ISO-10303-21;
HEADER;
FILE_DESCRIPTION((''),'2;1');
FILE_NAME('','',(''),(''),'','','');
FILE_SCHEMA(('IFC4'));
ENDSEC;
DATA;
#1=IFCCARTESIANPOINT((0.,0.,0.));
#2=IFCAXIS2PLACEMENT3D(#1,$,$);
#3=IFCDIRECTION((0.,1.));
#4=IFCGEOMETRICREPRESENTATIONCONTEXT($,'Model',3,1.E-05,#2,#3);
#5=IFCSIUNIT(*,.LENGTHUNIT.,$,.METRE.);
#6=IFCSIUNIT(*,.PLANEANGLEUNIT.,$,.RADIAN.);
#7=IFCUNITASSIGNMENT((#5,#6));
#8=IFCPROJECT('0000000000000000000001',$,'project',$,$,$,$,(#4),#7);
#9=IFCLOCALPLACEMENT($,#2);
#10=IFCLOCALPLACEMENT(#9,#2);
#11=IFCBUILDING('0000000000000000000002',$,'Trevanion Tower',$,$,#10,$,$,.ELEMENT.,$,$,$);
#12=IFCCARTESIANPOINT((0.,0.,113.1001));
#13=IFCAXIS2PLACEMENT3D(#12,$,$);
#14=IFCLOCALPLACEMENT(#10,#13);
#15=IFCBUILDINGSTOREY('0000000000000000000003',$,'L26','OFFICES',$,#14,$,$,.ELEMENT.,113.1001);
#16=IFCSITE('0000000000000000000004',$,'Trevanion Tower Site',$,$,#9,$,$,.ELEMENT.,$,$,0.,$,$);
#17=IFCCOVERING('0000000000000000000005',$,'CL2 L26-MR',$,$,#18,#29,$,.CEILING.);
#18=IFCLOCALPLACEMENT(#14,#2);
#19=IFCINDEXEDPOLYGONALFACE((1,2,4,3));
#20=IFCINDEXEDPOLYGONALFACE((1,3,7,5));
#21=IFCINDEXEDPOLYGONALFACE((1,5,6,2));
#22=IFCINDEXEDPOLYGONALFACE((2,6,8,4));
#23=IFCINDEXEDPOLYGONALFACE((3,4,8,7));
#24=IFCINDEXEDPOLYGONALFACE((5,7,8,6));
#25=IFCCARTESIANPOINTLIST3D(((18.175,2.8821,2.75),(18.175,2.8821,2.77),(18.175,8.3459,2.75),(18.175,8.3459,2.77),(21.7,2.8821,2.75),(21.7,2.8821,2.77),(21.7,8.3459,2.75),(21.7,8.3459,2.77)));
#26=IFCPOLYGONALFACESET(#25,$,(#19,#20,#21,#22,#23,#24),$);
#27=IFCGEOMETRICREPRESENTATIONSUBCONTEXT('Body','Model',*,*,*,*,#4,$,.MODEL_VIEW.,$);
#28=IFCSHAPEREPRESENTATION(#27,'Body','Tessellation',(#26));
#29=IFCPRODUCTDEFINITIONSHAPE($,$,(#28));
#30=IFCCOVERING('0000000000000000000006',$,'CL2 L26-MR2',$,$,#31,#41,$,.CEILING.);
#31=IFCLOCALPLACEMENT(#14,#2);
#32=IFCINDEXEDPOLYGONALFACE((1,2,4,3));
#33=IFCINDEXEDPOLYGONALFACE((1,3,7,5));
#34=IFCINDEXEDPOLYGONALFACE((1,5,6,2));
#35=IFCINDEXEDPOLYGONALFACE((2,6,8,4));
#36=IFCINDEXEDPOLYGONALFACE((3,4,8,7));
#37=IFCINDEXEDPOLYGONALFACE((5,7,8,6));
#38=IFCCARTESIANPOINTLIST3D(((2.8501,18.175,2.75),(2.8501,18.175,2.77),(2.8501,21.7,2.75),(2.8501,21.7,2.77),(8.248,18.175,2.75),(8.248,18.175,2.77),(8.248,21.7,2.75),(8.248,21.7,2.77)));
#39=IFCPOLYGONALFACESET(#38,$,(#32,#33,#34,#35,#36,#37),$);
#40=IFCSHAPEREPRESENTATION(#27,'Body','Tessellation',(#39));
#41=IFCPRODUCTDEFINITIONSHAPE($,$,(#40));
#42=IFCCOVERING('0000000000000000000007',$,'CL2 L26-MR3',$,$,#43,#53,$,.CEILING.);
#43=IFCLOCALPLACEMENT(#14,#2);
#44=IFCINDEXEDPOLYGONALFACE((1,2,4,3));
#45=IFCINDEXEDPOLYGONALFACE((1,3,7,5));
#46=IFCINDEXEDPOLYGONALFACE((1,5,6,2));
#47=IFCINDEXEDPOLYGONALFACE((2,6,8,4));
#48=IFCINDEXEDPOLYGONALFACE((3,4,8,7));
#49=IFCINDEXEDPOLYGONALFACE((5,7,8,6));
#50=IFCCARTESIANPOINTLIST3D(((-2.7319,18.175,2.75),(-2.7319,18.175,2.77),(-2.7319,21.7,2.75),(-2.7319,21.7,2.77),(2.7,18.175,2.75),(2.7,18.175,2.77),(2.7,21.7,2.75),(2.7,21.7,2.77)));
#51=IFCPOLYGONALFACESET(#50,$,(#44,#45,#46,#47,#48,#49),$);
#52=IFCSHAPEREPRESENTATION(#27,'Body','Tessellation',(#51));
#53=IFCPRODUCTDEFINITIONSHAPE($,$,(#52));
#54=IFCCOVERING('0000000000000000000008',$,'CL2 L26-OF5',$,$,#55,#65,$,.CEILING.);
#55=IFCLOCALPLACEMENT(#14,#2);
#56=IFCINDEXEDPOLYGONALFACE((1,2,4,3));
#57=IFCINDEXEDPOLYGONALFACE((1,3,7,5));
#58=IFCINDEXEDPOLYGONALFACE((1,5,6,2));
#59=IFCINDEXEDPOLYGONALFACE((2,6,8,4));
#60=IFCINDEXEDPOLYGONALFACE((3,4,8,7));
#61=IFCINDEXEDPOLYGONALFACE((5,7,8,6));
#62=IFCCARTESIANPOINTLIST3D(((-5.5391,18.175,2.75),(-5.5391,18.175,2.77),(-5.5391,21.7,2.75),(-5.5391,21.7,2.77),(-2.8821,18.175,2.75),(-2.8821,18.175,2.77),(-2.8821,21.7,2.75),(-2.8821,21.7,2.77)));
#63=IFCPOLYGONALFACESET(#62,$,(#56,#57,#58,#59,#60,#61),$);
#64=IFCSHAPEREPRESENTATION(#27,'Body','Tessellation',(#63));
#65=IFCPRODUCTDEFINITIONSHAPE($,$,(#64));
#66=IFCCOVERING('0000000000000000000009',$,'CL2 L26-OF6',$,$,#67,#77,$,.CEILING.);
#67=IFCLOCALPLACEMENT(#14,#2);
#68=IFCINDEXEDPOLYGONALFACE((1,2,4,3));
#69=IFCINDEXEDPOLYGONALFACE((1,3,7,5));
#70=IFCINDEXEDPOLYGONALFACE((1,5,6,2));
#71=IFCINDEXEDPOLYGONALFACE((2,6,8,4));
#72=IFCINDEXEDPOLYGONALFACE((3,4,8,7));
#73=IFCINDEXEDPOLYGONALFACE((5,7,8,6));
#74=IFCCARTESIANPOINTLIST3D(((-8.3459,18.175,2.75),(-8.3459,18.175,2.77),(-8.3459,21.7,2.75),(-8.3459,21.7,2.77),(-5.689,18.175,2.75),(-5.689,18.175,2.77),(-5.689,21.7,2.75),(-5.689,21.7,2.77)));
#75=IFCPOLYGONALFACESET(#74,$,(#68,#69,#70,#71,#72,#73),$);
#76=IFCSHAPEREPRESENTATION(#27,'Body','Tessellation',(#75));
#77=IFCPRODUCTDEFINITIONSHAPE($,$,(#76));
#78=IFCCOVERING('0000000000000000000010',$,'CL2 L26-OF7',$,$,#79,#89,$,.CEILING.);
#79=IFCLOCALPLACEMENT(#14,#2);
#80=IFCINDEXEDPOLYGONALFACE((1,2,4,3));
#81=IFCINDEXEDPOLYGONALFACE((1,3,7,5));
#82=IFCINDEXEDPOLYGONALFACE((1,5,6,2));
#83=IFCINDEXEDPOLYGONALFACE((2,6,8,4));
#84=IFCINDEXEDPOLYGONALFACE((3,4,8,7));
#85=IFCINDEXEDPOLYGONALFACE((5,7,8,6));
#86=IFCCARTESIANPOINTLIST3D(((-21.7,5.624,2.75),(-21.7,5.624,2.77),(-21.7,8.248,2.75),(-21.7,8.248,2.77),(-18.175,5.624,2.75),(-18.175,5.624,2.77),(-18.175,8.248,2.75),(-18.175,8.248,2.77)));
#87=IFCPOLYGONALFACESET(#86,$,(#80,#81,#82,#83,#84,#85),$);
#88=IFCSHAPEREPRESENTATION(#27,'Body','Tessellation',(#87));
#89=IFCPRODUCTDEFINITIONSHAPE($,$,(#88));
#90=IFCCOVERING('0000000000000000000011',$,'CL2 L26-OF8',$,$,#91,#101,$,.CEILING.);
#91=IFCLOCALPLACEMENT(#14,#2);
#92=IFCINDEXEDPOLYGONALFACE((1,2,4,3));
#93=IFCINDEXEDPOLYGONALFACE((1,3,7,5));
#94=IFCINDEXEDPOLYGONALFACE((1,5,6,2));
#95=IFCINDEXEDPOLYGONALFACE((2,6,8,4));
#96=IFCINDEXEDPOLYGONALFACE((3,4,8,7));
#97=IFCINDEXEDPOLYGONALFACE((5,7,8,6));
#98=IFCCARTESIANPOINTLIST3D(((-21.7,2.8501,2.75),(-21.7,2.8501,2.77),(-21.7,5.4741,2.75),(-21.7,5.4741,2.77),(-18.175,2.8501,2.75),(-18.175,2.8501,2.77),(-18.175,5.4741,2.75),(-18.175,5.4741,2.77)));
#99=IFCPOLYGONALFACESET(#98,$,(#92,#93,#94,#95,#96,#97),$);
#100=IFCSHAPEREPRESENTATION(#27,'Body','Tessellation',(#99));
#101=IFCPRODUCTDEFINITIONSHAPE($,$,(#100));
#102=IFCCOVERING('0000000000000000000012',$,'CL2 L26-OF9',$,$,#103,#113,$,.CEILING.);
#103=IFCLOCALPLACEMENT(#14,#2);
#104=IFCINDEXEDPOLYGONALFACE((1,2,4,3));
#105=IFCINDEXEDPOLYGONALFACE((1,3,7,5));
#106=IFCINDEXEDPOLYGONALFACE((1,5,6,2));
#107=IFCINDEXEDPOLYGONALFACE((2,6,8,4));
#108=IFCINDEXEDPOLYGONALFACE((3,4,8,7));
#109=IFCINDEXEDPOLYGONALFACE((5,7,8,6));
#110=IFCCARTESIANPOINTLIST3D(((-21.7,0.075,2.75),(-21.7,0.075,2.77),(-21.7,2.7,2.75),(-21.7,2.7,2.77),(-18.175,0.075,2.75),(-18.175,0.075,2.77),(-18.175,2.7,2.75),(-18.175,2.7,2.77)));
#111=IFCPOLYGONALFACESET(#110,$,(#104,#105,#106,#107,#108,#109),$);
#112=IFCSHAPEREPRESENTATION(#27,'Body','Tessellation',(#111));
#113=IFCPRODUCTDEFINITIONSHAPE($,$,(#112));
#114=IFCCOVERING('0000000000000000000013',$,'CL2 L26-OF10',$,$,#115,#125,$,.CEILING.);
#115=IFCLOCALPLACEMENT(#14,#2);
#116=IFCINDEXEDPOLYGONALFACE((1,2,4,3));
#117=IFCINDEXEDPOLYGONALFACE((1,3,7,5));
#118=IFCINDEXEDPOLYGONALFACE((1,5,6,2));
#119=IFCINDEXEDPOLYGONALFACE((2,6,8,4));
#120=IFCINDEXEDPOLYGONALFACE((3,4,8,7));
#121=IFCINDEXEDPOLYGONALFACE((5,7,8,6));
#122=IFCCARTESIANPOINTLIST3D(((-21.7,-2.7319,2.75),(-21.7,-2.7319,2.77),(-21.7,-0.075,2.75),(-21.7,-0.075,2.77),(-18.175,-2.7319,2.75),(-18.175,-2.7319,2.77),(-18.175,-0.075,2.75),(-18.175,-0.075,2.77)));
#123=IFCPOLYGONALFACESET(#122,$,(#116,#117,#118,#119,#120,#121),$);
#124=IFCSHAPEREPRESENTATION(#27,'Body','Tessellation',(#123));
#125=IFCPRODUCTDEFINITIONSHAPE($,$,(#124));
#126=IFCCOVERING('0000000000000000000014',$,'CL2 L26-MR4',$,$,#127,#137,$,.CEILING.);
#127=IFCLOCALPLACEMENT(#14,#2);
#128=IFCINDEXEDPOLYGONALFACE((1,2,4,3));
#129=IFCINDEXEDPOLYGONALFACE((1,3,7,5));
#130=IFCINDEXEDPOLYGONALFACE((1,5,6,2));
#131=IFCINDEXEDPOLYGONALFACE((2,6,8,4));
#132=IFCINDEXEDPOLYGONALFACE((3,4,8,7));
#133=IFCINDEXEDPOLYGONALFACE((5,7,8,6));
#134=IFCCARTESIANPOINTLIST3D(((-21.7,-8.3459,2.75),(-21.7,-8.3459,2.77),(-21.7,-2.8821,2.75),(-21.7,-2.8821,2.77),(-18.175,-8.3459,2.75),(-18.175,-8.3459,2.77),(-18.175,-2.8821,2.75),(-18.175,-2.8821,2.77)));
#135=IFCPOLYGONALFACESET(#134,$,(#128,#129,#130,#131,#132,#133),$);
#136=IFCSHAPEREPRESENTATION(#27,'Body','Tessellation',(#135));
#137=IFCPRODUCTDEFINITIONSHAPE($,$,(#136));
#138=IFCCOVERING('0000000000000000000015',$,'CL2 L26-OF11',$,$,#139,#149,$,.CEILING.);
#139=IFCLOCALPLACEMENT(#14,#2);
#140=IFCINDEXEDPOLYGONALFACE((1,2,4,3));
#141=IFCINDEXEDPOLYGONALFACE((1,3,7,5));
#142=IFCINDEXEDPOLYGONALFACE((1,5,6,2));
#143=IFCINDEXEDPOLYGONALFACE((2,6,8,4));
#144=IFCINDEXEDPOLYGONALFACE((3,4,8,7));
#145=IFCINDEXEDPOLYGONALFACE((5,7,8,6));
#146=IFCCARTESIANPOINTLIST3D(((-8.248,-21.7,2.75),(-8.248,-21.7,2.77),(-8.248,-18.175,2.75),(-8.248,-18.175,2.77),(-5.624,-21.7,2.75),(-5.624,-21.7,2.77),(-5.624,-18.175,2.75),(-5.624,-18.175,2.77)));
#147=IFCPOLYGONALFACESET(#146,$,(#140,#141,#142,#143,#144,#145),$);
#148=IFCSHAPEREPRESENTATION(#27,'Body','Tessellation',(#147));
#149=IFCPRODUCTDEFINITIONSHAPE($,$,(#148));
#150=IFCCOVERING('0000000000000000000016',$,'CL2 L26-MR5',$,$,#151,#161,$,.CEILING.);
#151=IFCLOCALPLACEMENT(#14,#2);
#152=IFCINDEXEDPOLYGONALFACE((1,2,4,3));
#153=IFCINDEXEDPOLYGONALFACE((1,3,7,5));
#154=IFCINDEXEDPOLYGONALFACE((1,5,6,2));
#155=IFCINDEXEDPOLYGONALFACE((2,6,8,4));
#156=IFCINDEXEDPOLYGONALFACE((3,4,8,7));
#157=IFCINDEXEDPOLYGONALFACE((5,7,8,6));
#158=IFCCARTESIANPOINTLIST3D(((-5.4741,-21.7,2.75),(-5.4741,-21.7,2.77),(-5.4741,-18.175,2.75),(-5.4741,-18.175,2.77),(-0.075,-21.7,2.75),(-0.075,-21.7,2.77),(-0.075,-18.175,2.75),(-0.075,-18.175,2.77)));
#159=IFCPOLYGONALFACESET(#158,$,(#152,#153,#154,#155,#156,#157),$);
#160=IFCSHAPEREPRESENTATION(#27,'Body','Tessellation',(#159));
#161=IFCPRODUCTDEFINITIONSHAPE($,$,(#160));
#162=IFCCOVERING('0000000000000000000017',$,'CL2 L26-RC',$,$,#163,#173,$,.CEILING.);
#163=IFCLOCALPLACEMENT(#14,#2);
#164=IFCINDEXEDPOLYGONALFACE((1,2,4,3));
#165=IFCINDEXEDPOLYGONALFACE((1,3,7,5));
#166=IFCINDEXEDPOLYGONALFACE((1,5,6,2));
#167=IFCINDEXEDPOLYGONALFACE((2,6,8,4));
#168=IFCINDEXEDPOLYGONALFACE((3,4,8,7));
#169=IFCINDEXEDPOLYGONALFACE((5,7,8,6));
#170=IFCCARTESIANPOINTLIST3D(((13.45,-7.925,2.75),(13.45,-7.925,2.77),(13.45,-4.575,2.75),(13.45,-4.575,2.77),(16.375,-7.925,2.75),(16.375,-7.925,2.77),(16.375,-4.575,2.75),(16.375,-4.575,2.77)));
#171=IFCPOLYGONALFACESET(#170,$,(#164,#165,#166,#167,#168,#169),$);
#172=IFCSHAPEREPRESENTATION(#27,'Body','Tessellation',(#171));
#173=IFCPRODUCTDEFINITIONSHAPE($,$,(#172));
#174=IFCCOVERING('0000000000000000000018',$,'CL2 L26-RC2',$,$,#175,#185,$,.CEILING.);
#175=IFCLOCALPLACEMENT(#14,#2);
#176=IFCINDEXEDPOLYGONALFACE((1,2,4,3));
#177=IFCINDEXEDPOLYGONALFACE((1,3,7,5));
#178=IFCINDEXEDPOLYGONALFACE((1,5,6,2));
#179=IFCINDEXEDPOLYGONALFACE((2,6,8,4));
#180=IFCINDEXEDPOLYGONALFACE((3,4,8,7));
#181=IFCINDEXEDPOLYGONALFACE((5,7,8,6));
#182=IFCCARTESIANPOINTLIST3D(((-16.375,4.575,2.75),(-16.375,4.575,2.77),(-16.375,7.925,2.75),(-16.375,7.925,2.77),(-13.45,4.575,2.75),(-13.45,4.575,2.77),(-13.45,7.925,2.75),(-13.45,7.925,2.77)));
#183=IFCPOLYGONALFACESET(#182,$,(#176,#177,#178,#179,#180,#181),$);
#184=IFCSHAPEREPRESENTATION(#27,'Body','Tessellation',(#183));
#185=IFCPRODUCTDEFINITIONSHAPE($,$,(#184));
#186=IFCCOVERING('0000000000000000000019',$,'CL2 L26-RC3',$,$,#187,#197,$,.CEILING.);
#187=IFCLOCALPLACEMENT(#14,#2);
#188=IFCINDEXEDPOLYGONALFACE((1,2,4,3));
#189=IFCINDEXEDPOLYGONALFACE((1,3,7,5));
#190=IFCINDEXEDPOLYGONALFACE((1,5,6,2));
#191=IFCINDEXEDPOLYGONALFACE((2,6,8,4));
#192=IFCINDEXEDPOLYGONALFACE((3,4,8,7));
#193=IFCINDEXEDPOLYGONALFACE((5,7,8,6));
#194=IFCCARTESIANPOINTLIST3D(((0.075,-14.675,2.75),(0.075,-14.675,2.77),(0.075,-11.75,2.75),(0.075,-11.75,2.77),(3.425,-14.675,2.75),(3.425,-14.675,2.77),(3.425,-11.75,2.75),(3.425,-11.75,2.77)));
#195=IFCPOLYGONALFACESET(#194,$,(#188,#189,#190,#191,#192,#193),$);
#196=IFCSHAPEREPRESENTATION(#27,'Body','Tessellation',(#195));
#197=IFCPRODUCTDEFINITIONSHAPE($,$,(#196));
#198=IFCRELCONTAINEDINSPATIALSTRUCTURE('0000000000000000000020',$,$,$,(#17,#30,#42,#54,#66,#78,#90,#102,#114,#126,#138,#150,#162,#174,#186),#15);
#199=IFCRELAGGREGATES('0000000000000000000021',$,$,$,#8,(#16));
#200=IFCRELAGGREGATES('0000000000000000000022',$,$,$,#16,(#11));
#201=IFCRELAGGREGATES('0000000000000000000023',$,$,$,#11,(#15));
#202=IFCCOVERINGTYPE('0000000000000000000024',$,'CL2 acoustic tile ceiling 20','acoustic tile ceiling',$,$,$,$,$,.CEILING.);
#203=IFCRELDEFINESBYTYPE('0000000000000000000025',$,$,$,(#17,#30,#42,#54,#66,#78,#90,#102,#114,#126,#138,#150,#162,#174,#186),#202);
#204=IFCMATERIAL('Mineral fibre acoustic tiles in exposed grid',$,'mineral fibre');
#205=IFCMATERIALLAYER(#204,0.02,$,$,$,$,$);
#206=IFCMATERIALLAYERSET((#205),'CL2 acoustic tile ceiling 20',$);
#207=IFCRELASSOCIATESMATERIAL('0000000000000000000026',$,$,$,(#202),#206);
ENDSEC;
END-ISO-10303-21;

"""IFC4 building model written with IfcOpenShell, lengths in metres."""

from ifc_helpers import new_model, si_unit, direction, frame, origin, place, context, subcontext, project, spatial, polyline, outline, extrude, material, layer, layer_set, type_object, element, save


model = new_model("IFC4")

# Units and contexts
model_context = context("Model", 3, precision=1e-05, world=origin(), true_north=direction((0.0, 1.0)))
body_context = subcontext(model_context, "Body", "Model", "MODEL_VIEW")
ifc_project = project(units=[si_unit("LENGTHUNIT", "METRE"), si_unit("PLANEANGLEUNIT", "RADIAN")], contexts=[model_context])

# Site, building, storey
site_placement = place(None, origin())
site = spatial("IfcSite", under=ifc_project, at=site_placement, Name="Trevanion Tower Site", CompositionType="ELEMENT", RefElevation=0.0)
building_placement = place(site_placement, origin())
building = spatial("IfcBuilding", under=site, at=building_placement, Name="Trevanion Tower", CompositionType="ELEMENT")
storey_placement = place(building_placement, frame((0.0, 0.0, 113.1001)))
storey = spatial("IfcBuildingStorey", under=building, at=storey_placement, Name="L26", Description="OFFICES", CompositionType="ELEMENT", Elevation=113.1001)

# Coverings
ifc_material_1 = material(Name="Mineral fibre acoustic tiles in exposed grid", Category="mineral fibre")
ifc_layer_1 = layer(ifc_material_1, 0.02)
ifc_layer_set_1 = layer_set([ifc_layer_1], Name="CL2 acoustic tile ceiling 20")
covering_type_1 = type_object("IfcCoveringType", Name="CL2 acoustic tile ceiling 20", Description="acoustic tile ceiling", PredefinedType="CEILING", material=ifc_layer_set_1)
covering_1_placement = place(storey_placement, frame((0.0, 0.0, 2.75)))
element("IfcCovering", 1, at=covering_1_placement, inside=storey, type_object=covering_type_1, Name="CL2 L26-MR", PredefinedType="CEILING", context=body_context, shape_type="SweptSolid", body=[
    extrude(outline(polyline([(18.175, 2.8821), (18.175, 8.3459), (21.7, 8.3459), (21.7, 2.8821), (18.175, 2.8821)])), origin(), (0.0, 0.0, 1.0), 0.02),
])
covering_2_placement = place(storey_placement, frame((0.0, 0.0, 2.75)))
element("IfcCovering", 2, at=covering_2_placement, inside=storey, type_object=covering_type_1, Name="CL2 L26-MR2", PredefinedType="CEILING", context=body_context, shape_type="SweptSolid", body=[
    extrude(outline(polyline([(8.248, 18.175), (2.8501, 18.175), (2.8501, 21.7), (8.248, 21.7), (8.248, 18.175)])), origin(), (0.0, 0.0, 1.0), 0.02),
])
covering_3_placement = place(storey_placement, frame((0.0, 0.0, 2.75)))
element("IfcCovering", 3, at=covering_3_placement, inside=storey, type_object=covering_type_1, Name="CL2 L26-MR3", PredefinedType="CEILING", context=body_context, shape_type="SweptSolid", body=[
    extrude(outline(polyline([(2.7, 18.175), (-2.7319, 18.175), (-2.7319, 21.7), (2.7, 21.7), (2.7, 18.175)])), origin(), (0.0, 0.0, 1.0), 0.02),
])
covering_4_placement = place(storey_placement, frame((0.0, 0.0, 2.75)))
element("IfcCovering", 4, at=covering_4_placement, inside=storey, type_object=covering_type_1, Name="CL2 L26-OF5", PredefinedType="CEILING", context=body_context, shape_type="SweptSolid", body=[
    extrude(outline(polyline([(-2.8821, 18.175), (-5.5391, 18.175), (-5.5391, 21.7), (-2.8821, 21.7), (-2.8821, 18.175)])), origin(), (0.0, 0.0, 1.0), 0.02),
])
covering_5_placement = place(storey_placement, frame((0.0, 0.0, 2.75)))
element("IfcCovering", 5, at=covering_5_placement, inside=storey, type_object=covering_type_1, Name="CL2 L26-OF6", PredefinedType="CEILING", context=body_context, shape_type="SweptSolid", body=[
    extrude(outline(polyline([(-5.689, 18.175), (-8.3459, 18.175), (-8.3459, 21.7), (-5.689, 21.7), (-5.689, 18.175)])), origin(), (0.0, 0.0, 1.0), 0.02),
])
covering_6_placement = place(storey_placement, frame((0.0, 0.0, 2.75)))
element("IfcCovering", 6, at=covering_6_placement, inside=storey, type_object=covering_type_1, Name="CL2 L26-OF7", PredefinedType="CEILING", context=body_context, shape_type="SweptSolid", body=[
    extrude(outline(polyline([(-18.175, 8.248), (-18.175, 5.624), (-21.7, 5.624), (-21.7, 8.248), (-18.175, 8.248)])), origin(), (0.0, 0.0, 1.0), 0.02),
])
covering_7_placement = place(storey_placement, frame((0.0, 0.0, 2.75)))
element("IfcCovering", 7, at=covering_7_placement, inside=storey, type_object=covering_type_1, Name="CL2 L26-OF8", PredefinedType="CEILING", context=body_context, shape_type="SweptSolid", body=[
    extrude(outline(polyline([(-18.175, 5.4741), (-18.175, 2.8501), (-21.7, 2.8501), (-21.7, 5.4741), (-18.175, 5.4741)])), origin(), (0.0, 0.0, 1.0), 0.02),
])
covering_8_placement = place(storey_placement, frame((0.0, 0.0, 2.75)))
element("IfcCovering", 8, at=covering_8_placement, inside=storey, type_object=covering_type_1, Name="CL2 L26-OF9", PredefinedType="CEILING", context=body_context, shape_type="SweptSolid", body=[
    extrude(outline(polyline([(-18.175, 2.7), (-18.175, 0.075), (-21.7, 0.075), (-21.7, 2.7), (-18.175, 2.7)])), origin(), (0.0, 0.0, 1.0), 0.02),
])
covering_9_placement = place(storey_placement, frame((0.0, 0.0, 2.75)))
element("IfcCovering", 9, at=covering_9_placement, inside=storey, type_object=covering_type_1, Name="CL2 L26-OF10", PredefinedType="CEILING", context=body_context, shape_type="SweptSolid", body=[
    extrude(outline(polyline([(-18.175, -0.075), (-18.175, -2.7319), (-21.7, -2.7319), (-21.7, -0.075), (-18.175, -0.075)])), origin(), (0.0, 0.0, 1.0), 0.02),
])
covering_10_placement = place(storey_placement, frame((0.0, 0.0, 2.75)))
element("IfcCovering", 10, at=covering_10_placement, inside=storey, type_object=covering_type_1, Name="CL2 L26-MR4", PredefinedType="CEILING", context=body_context, shape_type="SweptSolid", body=[
    extrude(outline(polyline([(-18.175, -2.8821), (-18.175, -8.3459), (-21.7, -8.3459), (-21.7, -2.8821), (-18.175, -2.8821)])), origin(), (0.0, 0.0, 1.0), 0.02),
])
covering_11_placement = place(storey_placement, frame((0.0, 0.0, 2.75)))
element("IfcCovering", 11, at=covering_11_placement, inside=storey, type_object=covering_type_1, Name="CL2 L26-OF11", PredefinedType="CEILING", context=body_context, shape_type="SweptSolid", body=[
    extrude(outline(polyline([(-8.248, -18.175), (-5.624, -18.175), (-5.624, -21.7), (-8.248, -21.7), (-8.248, -18.175)])), origin(), (0.0, 0.0, 1.0), 0.02),
])
covering_12_placement = place(storey_placement, frame((0.0, 0.0, 2.75)))
element("IfcCovering", 12, at=covering_12_placement, inside=storey, type_object=covering_type_1, Name="CL2 L26-MR5", PredefinedType="CEILING", context=body_context, shape_type="SweptSolid", body=[
    extrude(outline(polyline([(-5.4741, -18.175), (-0.075, -18.175), (-0.075, -21.7), (-5.4741, -21.7), (-5.4741, -18.175)])), origin(), (0.0, 0.0, 1.0), 0.02),
])
covering_13_placement = place(storey_placement, frame((0.0, 0.0, 2.75)))
element("IfcCovering", 13, at=covering_13_placement, inside=storey, type_object=covering_type_1, Name="CL2 L26-RC", PredefinedType="CEILING", context=body_context, shape_type="SweptSolid", body=[
    extrude(outline(polyline([(13.45, -7.925), (13.45, -4.575), (16.375, -4.575), (16.375, -7.925), (13.45, -7.925)])), origin(), (0.0, 0.0, 1.0), 0.02),
])
covering_14_placement = place(storey_placement, frame((0.0, 0.0, 2.75)))
element("IfcCovering", 14, at=covering_14_placement, inside=storey, type_object=covering_type_1, Name="CL2 L26-RC2", PredefinedType="CEILING", context=body_context, shape_type="SweptSolid", body=[
    extrude(outline(polyline([(-13.45, 7.925), (-13.45, 4.575), (-16.375, 4.575), (-16.375, 7.925), (-13.45, 7.925)])), origin(), (0.0, 0.0, 1.0), 0.02),
])
covering_15_placement = place(storey_placement, frame((0.0, 0.0, 2.75)))
element("IfcCovering", 15, at=covering_15_placement, inside=storey, type_object=covering_type_1, Name="CL2 L26-RC3", PredefinedType="CEILING", context=body_context, shape_type="SweptSolid", body=[
    extrude(outline(polyline([(3.425, -14.675), (0.075, -14.675), (0.075, -11.75), (3.425, -11.75), (3.425, -14.675)])), origin(), (0.0, 0.0, 1.0), 0.02),
])

save(model, "model.ifc")
